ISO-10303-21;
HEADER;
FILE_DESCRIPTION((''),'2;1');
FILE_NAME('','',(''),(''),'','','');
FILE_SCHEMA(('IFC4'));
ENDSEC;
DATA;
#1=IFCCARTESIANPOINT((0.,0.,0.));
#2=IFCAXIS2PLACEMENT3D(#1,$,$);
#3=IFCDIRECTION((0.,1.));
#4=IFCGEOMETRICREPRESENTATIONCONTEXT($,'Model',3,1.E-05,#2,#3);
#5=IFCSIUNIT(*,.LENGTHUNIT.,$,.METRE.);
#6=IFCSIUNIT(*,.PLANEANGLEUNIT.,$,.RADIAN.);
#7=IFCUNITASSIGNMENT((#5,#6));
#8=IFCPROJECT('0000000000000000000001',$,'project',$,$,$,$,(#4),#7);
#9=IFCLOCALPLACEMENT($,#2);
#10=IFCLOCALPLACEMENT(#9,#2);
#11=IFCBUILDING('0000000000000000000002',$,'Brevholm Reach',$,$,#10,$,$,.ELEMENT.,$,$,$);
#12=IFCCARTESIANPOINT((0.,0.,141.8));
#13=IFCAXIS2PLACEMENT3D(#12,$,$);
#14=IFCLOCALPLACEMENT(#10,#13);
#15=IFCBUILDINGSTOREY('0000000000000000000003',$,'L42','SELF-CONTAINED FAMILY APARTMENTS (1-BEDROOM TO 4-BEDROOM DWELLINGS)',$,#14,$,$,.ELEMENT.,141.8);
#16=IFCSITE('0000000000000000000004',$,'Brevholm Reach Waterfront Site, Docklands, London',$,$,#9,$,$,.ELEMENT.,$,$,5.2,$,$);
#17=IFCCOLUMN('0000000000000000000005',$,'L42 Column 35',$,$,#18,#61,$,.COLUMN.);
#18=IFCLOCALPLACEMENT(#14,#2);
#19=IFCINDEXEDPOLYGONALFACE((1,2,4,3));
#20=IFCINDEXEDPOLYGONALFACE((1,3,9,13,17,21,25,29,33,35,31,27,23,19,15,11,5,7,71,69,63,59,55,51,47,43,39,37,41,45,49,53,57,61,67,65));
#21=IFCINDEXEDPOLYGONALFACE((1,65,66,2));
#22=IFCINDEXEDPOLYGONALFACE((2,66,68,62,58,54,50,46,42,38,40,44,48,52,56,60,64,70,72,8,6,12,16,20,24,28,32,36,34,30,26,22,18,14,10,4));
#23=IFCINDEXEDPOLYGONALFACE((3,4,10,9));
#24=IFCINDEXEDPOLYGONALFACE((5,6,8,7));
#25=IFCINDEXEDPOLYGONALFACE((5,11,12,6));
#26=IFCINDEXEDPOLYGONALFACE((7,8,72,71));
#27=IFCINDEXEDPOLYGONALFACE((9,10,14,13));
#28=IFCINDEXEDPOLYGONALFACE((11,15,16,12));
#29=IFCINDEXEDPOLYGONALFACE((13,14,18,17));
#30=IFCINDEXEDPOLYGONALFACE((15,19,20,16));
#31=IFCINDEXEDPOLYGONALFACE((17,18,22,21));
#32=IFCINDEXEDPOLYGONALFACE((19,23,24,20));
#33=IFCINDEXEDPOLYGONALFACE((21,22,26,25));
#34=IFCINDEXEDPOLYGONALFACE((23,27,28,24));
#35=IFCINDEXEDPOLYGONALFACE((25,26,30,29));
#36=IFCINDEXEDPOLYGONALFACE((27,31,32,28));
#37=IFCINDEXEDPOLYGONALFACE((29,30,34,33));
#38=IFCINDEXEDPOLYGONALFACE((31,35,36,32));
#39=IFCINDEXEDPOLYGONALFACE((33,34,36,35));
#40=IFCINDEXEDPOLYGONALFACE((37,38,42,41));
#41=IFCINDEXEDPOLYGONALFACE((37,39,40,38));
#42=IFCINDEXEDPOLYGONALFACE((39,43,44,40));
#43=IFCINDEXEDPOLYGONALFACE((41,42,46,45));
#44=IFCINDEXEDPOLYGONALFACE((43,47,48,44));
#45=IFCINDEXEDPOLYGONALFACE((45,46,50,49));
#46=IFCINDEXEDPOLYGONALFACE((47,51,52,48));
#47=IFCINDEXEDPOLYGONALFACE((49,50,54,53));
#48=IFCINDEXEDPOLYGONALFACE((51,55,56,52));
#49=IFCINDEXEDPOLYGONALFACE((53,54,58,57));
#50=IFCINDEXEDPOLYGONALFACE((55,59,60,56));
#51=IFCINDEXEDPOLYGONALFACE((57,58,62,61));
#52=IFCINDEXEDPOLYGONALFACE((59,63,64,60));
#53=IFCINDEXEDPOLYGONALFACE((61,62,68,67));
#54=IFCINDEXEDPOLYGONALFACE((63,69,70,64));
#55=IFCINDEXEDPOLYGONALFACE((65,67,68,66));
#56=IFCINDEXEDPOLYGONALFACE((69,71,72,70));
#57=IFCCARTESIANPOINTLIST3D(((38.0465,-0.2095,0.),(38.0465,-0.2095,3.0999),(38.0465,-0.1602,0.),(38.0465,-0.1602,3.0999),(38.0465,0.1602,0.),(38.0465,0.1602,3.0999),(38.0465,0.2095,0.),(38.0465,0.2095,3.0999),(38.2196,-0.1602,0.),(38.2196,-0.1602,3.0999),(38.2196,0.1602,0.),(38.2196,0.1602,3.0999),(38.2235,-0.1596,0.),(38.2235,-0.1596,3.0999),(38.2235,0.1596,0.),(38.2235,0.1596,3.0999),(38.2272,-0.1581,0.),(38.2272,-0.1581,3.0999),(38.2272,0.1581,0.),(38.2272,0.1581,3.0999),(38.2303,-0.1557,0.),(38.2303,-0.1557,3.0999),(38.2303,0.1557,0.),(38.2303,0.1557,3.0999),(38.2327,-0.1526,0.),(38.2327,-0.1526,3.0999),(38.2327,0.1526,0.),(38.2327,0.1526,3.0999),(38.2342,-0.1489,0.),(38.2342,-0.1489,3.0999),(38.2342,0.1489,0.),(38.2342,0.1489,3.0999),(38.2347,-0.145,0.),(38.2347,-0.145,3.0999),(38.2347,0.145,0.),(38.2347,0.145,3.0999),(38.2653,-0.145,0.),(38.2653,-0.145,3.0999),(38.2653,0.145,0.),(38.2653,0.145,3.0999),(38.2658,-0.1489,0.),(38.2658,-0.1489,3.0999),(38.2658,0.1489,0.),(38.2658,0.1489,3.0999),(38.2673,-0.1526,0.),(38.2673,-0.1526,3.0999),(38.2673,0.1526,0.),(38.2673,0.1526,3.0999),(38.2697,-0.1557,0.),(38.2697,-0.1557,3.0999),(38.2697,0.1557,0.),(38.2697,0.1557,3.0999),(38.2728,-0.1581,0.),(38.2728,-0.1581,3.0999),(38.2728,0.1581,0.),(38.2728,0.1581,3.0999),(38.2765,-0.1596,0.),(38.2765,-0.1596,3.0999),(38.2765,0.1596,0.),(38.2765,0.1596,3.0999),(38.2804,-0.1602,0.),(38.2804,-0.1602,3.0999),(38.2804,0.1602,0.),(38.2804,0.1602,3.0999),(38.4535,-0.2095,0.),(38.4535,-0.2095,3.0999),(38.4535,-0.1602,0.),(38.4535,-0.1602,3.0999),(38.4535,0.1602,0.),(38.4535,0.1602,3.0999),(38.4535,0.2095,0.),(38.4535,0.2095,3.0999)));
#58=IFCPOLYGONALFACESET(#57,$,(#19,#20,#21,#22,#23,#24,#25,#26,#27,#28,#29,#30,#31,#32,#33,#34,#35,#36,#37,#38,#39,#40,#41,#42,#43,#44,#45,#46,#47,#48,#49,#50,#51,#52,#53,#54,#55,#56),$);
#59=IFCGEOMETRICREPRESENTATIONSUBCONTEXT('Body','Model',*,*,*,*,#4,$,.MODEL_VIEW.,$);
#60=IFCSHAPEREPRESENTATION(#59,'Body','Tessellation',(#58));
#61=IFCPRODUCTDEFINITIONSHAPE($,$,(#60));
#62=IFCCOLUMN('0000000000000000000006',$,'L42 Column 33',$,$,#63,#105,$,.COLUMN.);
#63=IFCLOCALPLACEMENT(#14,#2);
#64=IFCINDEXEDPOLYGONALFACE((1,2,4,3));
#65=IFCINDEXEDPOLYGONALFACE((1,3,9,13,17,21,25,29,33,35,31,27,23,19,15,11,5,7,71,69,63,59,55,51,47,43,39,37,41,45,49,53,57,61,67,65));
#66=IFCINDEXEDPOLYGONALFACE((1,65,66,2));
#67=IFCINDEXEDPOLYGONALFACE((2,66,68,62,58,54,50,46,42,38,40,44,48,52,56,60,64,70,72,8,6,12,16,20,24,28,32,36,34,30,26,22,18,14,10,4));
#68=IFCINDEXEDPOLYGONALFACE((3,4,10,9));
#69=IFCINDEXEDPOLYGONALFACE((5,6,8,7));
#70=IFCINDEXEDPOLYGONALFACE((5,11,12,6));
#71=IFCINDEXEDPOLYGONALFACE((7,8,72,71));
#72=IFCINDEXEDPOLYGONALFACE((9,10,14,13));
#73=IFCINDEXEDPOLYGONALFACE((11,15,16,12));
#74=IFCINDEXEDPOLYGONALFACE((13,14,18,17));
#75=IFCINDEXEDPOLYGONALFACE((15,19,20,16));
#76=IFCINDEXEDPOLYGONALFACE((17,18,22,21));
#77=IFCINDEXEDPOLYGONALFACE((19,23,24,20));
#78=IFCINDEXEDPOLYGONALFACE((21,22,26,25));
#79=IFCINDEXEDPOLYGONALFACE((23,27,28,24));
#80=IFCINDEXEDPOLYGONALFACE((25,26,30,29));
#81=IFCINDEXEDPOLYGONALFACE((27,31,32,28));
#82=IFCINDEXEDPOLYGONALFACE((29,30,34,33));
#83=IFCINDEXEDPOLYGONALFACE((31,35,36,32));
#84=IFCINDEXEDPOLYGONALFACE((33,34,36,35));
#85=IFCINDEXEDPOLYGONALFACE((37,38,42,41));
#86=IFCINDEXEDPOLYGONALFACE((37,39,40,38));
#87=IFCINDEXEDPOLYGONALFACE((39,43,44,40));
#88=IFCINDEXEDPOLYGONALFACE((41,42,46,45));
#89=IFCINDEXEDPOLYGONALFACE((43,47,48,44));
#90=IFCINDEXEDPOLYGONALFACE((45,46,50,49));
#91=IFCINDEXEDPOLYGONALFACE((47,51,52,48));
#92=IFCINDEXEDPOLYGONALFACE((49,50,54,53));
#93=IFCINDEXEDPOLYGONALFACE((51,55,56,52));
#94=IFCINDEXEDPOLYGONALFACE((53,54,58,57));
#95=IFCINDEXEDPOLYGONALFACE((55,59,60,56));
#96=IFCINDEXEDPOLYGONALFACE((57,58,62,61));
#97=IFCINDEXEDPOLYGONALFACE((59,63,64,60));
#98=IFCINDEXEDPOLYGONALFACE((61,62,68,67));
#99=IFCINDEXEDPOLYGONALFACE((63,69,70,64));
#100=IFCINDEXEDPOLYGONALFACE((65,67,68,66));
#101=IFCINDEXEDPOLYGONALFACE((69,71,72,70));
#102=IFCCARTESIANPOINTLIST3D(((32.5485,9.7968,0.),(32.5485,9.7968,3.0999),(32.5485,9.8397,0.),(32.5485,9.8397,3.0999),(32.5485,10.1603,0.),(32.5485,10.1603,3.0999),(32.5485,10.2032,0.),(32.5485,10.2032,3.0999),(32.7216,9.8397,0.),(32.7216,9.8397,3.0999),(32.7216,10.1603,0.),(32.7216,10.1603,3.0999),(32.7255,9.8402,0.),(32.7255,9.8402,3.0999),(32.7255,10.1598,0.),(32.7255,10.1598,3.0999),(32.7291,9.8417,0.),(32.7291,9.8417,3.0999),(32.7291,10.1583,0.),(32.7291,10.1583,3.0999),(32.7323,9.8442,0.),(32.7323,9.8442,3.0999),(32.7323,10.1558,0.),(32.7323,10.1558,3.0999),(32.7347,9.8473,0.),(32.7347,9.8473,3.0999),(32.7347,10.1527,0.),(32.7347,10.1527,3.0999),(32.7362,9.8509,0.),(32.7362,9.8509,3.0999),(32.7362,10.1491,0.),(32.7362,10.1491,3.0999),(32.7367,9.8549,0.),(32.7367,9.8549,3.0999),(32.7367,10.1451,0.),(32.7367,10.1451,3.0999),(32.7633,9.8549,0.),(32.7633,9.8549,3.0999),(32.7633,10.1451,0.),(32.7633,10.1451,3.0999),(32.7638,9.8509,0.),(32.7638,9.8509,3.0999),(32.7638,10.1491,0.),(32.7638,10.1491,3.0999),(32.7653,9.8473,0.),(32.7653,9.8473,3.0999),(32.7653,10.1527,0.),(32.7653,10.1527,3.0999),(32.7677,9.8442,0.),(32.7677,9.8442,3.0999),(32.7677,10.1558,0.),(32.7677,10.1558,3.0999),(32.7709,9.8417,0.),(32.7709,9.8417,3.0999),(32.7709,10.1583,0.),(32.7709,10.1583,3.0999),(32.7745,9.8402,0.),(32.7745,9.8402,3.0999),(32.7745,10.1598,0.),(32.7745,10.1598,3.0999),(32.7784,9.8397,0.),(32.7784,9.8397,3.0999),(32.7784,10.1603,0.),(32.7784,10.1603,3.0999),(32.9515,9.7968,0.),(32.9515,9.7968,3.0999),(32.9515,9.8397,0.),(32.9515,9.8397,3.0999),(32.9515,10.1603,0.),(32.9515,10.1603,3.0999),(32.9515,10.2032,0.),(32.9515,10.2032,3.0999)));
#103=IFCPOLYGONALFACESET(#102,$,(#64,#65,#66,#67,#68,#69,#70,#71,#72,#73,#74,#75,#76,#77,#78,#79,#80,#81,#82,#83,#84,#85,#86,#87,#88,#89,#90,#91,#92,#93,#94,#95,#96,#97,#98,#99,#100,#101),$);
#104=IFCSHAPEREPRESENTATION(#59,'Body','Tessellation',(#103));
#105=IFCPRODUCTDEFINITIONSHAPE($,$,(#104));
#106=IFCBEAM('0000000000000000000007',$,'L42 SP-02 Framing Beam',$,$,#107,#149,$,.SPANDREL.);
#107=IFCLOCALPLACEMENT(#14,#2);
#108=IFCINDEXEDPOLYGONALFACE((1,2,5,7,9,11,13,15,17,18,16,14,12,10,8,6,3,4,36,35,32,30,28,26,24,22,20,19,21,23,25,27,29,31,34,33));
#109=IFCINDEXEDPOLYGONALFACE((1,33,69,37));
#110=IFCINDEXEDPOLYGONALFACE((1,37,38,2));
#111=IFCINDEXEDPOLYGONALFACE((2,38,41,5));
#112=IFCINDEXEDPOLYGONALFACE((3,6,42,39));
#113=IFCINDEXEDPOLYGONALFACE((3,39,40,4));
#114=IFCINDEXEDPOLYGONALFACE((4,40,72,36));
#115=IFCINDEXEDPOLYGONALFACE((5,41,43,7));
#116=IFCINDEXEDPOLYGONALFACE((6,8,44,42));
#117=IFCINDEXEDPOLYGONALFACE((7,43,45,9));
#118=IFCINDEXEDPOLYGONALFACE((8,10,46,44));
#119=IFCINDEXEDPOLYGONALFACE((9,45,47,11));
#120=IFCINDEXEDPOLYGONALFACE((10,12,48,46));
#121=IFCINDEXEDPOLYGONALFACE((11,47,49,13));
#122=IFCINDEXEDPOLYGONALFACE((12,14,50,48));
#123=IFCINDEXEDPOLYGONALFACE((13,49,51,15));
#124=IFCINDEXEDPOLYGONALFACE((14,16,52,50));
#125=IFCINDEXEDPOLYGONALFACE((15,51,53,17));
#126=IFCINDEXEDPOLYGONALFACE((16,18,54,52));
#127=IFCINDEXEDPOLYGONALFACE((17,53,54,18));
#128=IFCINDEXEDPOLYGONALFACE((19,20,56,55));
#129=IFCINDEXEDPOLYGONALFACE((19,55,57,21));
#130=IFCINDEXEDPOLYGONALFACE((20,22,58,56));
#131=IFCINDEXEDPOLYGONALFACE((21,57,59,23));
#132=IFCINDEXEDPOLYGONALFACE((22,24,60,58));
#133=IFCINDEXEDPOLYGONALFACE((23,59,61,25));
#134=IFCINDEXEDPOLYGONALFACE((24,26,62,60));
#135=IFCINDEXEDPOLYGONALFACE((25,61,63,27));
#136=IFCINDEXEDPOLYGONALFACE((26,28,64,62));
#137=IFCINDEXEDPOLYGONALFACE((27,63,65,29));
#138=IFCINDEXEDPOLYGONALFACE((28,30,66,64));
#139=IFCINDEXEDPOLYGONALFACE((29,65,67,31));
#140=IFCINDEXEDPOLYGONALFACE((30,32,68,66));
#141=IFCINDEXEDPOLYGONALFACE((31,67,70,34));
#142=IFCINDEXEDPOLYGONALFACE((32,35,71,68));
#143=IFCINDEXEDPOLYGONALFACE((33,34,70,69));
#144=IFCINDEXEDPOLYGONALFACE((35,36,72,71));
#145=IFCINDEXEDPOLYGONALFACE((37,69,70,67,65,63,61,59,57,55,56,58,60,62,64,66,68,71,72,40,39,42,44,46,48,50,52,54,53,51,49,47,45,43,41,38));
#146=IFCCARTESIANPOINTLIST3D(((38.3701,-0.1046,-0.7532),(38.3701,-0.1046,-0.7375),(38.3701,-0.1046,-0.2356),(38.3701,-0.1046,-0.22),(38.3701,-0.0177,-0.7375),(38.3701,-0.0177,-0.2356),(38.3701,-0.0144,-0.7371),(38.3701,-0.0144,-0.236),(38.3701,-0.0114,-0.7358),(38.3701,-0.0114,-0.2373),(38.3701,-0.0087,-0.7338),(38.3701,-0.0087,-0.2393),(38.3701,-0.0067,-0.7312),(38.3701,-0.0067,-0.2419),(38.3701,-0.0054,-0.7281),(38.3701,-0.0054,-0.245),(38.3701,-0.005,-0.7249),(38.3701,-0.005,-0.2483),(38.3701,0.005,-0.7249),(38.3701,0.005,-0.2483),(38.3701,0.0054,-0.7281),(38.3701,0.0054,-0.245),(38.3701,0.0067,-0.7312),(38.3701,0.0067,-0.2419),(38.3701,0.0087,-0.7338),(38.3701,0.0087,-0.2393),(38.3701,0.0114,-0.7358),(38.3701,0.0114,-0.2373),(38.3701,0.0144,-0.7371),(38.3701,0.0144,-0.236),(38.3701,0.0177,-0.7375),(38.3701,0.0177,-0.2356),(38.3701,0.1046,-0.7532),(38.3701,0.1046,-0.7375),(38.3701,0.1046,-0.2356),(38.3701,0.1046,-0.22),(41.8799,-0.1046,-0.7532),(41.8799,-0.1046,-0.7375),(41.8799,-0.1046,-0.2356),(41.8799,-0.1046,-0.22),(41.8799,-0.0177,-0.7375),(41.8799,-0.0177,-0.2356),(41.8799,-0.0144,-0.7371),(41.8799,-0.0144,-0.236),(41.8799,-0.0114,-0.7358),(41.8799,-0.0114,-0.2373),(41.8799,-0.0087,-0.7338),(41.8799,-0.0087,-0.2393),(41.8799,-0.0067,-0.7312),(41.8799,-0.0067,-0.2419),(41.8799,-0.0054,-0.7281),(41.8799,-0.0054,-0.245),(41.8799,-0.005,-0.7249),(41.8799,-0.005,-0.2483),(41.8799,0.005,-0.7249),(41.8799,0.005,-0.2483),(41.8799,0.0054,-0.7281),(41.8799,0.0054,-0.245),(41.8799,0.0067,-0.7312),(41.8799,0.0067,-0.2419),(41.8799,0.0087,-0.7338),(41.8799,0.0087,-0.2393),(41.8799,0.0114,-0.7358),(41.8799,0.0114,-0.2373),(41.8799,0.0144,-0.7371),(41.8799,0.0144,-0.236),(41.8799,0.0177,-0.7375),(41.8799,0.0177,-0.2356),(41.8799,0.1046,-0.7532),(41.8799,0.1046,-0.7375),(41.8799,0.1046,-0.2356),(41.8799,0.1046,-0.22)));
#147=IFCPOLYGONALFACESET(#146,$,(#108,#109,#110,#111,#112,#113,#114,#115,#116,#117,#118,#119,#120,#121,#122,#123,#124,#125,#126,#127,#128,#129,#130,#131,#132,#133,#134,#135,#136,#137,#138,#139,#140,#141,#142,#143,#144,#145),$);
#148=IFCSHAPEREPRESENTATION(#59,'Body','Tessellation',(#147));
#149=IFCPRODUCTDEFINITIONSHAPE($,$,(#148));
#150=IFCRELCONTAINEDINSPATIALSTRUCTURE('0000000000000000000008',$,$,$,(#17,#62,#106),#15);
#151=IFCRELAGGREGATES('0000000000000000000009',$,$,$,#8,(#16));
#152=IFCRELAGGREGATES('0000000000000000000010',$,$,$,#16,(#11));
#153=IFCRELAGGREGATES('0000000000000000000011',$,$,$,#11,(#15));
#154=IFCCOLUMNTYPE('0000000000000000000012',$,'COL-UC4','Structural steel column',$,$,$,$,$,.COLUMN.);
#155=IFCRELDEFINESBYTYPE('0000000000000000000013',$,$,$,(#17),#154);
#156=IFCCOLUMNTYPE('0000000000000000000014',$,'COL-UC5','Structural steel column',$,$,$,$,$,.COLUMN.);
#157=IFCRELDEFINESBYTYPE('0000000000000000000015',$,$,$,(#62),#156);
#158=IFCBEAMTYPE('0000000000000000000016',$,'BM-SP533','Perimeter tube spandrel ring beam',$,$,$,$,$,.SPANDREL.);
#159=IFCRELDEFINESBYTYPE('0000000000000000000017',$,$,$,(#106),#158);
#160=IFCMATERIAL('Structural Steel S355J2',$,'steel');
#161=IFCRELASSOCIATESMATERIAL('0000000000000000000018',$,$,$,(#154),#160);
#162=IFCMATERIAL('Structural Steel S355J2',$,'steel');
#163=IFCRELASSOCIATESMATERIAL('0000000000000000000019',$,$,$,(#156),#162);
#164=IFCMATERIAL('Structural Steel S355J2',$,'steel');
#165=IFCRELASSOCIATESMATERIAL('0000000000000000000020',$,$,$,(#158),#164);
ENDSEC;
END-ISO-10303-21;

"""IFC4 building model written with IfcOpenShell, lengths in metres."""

from ifc_helpers import new_model, si_unit, direction, frame, origin, origin_2d, place, context, subcontext, project, spatial, i_section, extrude, material, material_profile, profile_set, type_object, element, save


model = new_model("IFC4")

# Units and contexts
model_context = context("Model", 3, precision=1e-05, world=origin(), true_north=direction((0.0, 1.0)))
body_context = subcontext(model_context, "Body", "Model", "MODEL_VIEW")
ifc_project = project(units=[si_unit("LENGTHUNIT", "METRE"), si_unit("PLANEANGLEUNIT", "RADIAN")], contexts=[model_context])

# Site, building, storey
site_placement = place(None, origin())
site = spatial("IfcSite", under=ifc_project, at=site_placement, Name="Brevholm Reach Waterfront Site, Docklands, London", CompositionType="ELEMENT", RefElevation=5.2)
building_placement = place(site_placement, origin())
building = spatial("IfcBuilding", under=site, at=building_placement, Name="Brevholm Reach", CompositionType="ELEMENT")
storey_placement = place(building_placement, frame((0.0, 0.0, 141.8)))
storey = spatial("IfcBuildingStorey", under=building, at=storey_placement, Name="L42", Description="SELF-CONTAINED FAMILY APARTMENTS (1-BEDROOM TO 4-BEDROOM DWELLINGS)", CompositionType="ELEMENT", Elevation=141.8)

# Columns
ifc_material_1 = material(Name="Structural Steel S355J2", Category="steel")
ifc_material_profile_1 = material_profile(ifc_material_1, i_section(OverallWidth=0.407, OverallDepth=0.4189, WebThickness=0.0305, FlangeThickness=0.0493, FilletRadius=0.0151, at=origin_2d()), Name="UKC 356x406x393")
ifc_profile_set_1 = profile_set([ifc_material_profile_1], Name="Structural Steel S355J2")
column_type_1 = type_object("IfcColumnType", Name="COL-UC4", Description="Structural steel column", PredefinedType="COLUMN", material=ifc_profile_set_1)
column_1_placement = place(storey_placement, frame((38.25, 0.0, 0.0), z_axis=(0.0, 0.0, 1.0), x_axis=(1.0, 0.0, 0.0)))
element("IfcColumn", 1, at=column_1_placement, inside=storey, type_object=column_type_1, Name="L42 Column 35", PredefinedType="COLUMN", context=body_context, shape_type="SweptSolid", body=[
    extrude(i_section(OverallWidth=0.407, OverallDepth=0.4189, WebThickness=0.0305, FlangeThickness=0.0493, FilletRadius=0.0151, at=origin_2d()), origin(), (0.0, 0.0, 1.0), 3.0999),
])
ifc_material_2 = material(Name="Structural Steel S355J2", Category="steel")
ifc_material_profile_2 = material_profile(ifc_material_2, i_section(OverallWidth=0.4031, OverallDepth=0.4065, WebThickness=0.0266, FlangeThickness=0.043, FilletRadius=0.0151, at=origin_2d()), Name="UKC 356x406x340")
ifc_profile_set_2 = profile_set([ifc_material_profile_2], Name="Structural Steel S355J2")
column_type_2 = type_object("IfcColumnType", Name="COL-UC5", Description="Structural steel column", PredefinedType="COLUMN", material=ifc_profile_set_2)
column_2_placement = place(storey_placement, frame((32.75, 10.0, 0.0), z_axis=(0.0, 0.0, 1.0), x_axis=(1.0, 0.0, 0.0)))
element("IfcColumn", 2, at=column_2_placement, inside=storey, type_object=column_type_2, Name="L42 Column 33", PredefinedType="COLUMN", context=body_context, shape_type="SweptSolid", body=[
    extrude(i_section(OverallWidth=0.4031, OverallDepth=0.4065, WebThickness=0.0266, FlangeThickness=0.043, FilletRadius=0.0151, at=origin_2d()), origin(), (0.0, 0.0, 1.0), 3.0999),
])

# Beam
ifc_material_3 = material(Name="Structural Steel S355J2", Category="steel")
ifc_material_profile_3 = material_profile(ifc_material_3, i_section(OverallWidth=0.2092, OverallDepth=0.5332, WebThickness=0.01, FlangeThickness=0.0156, FilletRadius=0.0127, at=origin_2d()), Name="UKB 533x210x92")
ifc_profile_set_3 = profile_set([ifc_material_profile_3], Name="Structural Steel S355J2")
beam_type_1 = type_object("IfcBeamType", Name="BM-SP533", Description="Perimeter tube spandrel ring beam", PredefinedType="SPANDREL", material=ifc_profile_set_3)
beam_1_placement = place(storey_placement, frame((38.3701, 0.0, -0.4866), z_axis=(1.0, 0.0, 0.0), x_axis=(0.0, 1.0, 0.0)))
element("IfcBeam", 3, at=beam_1_placement, inside=storey, type_object=beam_type_1, Name="L42 SP-02 Framing Beam", PredefinedType="SPANDREL", context=body_context, shape_type="SweptSolid", body=[
    extrude(i_section(OverallWidth=0.2092, OverallDepth=0.5332, WebThickness=0.01, FlangeThickness=0.0156, FilletRadius=0.0127, at=origin_2d()), origin(), (0.0, 0.0, 1.0), 3.5098),
])

save(model, "model.ifc")
